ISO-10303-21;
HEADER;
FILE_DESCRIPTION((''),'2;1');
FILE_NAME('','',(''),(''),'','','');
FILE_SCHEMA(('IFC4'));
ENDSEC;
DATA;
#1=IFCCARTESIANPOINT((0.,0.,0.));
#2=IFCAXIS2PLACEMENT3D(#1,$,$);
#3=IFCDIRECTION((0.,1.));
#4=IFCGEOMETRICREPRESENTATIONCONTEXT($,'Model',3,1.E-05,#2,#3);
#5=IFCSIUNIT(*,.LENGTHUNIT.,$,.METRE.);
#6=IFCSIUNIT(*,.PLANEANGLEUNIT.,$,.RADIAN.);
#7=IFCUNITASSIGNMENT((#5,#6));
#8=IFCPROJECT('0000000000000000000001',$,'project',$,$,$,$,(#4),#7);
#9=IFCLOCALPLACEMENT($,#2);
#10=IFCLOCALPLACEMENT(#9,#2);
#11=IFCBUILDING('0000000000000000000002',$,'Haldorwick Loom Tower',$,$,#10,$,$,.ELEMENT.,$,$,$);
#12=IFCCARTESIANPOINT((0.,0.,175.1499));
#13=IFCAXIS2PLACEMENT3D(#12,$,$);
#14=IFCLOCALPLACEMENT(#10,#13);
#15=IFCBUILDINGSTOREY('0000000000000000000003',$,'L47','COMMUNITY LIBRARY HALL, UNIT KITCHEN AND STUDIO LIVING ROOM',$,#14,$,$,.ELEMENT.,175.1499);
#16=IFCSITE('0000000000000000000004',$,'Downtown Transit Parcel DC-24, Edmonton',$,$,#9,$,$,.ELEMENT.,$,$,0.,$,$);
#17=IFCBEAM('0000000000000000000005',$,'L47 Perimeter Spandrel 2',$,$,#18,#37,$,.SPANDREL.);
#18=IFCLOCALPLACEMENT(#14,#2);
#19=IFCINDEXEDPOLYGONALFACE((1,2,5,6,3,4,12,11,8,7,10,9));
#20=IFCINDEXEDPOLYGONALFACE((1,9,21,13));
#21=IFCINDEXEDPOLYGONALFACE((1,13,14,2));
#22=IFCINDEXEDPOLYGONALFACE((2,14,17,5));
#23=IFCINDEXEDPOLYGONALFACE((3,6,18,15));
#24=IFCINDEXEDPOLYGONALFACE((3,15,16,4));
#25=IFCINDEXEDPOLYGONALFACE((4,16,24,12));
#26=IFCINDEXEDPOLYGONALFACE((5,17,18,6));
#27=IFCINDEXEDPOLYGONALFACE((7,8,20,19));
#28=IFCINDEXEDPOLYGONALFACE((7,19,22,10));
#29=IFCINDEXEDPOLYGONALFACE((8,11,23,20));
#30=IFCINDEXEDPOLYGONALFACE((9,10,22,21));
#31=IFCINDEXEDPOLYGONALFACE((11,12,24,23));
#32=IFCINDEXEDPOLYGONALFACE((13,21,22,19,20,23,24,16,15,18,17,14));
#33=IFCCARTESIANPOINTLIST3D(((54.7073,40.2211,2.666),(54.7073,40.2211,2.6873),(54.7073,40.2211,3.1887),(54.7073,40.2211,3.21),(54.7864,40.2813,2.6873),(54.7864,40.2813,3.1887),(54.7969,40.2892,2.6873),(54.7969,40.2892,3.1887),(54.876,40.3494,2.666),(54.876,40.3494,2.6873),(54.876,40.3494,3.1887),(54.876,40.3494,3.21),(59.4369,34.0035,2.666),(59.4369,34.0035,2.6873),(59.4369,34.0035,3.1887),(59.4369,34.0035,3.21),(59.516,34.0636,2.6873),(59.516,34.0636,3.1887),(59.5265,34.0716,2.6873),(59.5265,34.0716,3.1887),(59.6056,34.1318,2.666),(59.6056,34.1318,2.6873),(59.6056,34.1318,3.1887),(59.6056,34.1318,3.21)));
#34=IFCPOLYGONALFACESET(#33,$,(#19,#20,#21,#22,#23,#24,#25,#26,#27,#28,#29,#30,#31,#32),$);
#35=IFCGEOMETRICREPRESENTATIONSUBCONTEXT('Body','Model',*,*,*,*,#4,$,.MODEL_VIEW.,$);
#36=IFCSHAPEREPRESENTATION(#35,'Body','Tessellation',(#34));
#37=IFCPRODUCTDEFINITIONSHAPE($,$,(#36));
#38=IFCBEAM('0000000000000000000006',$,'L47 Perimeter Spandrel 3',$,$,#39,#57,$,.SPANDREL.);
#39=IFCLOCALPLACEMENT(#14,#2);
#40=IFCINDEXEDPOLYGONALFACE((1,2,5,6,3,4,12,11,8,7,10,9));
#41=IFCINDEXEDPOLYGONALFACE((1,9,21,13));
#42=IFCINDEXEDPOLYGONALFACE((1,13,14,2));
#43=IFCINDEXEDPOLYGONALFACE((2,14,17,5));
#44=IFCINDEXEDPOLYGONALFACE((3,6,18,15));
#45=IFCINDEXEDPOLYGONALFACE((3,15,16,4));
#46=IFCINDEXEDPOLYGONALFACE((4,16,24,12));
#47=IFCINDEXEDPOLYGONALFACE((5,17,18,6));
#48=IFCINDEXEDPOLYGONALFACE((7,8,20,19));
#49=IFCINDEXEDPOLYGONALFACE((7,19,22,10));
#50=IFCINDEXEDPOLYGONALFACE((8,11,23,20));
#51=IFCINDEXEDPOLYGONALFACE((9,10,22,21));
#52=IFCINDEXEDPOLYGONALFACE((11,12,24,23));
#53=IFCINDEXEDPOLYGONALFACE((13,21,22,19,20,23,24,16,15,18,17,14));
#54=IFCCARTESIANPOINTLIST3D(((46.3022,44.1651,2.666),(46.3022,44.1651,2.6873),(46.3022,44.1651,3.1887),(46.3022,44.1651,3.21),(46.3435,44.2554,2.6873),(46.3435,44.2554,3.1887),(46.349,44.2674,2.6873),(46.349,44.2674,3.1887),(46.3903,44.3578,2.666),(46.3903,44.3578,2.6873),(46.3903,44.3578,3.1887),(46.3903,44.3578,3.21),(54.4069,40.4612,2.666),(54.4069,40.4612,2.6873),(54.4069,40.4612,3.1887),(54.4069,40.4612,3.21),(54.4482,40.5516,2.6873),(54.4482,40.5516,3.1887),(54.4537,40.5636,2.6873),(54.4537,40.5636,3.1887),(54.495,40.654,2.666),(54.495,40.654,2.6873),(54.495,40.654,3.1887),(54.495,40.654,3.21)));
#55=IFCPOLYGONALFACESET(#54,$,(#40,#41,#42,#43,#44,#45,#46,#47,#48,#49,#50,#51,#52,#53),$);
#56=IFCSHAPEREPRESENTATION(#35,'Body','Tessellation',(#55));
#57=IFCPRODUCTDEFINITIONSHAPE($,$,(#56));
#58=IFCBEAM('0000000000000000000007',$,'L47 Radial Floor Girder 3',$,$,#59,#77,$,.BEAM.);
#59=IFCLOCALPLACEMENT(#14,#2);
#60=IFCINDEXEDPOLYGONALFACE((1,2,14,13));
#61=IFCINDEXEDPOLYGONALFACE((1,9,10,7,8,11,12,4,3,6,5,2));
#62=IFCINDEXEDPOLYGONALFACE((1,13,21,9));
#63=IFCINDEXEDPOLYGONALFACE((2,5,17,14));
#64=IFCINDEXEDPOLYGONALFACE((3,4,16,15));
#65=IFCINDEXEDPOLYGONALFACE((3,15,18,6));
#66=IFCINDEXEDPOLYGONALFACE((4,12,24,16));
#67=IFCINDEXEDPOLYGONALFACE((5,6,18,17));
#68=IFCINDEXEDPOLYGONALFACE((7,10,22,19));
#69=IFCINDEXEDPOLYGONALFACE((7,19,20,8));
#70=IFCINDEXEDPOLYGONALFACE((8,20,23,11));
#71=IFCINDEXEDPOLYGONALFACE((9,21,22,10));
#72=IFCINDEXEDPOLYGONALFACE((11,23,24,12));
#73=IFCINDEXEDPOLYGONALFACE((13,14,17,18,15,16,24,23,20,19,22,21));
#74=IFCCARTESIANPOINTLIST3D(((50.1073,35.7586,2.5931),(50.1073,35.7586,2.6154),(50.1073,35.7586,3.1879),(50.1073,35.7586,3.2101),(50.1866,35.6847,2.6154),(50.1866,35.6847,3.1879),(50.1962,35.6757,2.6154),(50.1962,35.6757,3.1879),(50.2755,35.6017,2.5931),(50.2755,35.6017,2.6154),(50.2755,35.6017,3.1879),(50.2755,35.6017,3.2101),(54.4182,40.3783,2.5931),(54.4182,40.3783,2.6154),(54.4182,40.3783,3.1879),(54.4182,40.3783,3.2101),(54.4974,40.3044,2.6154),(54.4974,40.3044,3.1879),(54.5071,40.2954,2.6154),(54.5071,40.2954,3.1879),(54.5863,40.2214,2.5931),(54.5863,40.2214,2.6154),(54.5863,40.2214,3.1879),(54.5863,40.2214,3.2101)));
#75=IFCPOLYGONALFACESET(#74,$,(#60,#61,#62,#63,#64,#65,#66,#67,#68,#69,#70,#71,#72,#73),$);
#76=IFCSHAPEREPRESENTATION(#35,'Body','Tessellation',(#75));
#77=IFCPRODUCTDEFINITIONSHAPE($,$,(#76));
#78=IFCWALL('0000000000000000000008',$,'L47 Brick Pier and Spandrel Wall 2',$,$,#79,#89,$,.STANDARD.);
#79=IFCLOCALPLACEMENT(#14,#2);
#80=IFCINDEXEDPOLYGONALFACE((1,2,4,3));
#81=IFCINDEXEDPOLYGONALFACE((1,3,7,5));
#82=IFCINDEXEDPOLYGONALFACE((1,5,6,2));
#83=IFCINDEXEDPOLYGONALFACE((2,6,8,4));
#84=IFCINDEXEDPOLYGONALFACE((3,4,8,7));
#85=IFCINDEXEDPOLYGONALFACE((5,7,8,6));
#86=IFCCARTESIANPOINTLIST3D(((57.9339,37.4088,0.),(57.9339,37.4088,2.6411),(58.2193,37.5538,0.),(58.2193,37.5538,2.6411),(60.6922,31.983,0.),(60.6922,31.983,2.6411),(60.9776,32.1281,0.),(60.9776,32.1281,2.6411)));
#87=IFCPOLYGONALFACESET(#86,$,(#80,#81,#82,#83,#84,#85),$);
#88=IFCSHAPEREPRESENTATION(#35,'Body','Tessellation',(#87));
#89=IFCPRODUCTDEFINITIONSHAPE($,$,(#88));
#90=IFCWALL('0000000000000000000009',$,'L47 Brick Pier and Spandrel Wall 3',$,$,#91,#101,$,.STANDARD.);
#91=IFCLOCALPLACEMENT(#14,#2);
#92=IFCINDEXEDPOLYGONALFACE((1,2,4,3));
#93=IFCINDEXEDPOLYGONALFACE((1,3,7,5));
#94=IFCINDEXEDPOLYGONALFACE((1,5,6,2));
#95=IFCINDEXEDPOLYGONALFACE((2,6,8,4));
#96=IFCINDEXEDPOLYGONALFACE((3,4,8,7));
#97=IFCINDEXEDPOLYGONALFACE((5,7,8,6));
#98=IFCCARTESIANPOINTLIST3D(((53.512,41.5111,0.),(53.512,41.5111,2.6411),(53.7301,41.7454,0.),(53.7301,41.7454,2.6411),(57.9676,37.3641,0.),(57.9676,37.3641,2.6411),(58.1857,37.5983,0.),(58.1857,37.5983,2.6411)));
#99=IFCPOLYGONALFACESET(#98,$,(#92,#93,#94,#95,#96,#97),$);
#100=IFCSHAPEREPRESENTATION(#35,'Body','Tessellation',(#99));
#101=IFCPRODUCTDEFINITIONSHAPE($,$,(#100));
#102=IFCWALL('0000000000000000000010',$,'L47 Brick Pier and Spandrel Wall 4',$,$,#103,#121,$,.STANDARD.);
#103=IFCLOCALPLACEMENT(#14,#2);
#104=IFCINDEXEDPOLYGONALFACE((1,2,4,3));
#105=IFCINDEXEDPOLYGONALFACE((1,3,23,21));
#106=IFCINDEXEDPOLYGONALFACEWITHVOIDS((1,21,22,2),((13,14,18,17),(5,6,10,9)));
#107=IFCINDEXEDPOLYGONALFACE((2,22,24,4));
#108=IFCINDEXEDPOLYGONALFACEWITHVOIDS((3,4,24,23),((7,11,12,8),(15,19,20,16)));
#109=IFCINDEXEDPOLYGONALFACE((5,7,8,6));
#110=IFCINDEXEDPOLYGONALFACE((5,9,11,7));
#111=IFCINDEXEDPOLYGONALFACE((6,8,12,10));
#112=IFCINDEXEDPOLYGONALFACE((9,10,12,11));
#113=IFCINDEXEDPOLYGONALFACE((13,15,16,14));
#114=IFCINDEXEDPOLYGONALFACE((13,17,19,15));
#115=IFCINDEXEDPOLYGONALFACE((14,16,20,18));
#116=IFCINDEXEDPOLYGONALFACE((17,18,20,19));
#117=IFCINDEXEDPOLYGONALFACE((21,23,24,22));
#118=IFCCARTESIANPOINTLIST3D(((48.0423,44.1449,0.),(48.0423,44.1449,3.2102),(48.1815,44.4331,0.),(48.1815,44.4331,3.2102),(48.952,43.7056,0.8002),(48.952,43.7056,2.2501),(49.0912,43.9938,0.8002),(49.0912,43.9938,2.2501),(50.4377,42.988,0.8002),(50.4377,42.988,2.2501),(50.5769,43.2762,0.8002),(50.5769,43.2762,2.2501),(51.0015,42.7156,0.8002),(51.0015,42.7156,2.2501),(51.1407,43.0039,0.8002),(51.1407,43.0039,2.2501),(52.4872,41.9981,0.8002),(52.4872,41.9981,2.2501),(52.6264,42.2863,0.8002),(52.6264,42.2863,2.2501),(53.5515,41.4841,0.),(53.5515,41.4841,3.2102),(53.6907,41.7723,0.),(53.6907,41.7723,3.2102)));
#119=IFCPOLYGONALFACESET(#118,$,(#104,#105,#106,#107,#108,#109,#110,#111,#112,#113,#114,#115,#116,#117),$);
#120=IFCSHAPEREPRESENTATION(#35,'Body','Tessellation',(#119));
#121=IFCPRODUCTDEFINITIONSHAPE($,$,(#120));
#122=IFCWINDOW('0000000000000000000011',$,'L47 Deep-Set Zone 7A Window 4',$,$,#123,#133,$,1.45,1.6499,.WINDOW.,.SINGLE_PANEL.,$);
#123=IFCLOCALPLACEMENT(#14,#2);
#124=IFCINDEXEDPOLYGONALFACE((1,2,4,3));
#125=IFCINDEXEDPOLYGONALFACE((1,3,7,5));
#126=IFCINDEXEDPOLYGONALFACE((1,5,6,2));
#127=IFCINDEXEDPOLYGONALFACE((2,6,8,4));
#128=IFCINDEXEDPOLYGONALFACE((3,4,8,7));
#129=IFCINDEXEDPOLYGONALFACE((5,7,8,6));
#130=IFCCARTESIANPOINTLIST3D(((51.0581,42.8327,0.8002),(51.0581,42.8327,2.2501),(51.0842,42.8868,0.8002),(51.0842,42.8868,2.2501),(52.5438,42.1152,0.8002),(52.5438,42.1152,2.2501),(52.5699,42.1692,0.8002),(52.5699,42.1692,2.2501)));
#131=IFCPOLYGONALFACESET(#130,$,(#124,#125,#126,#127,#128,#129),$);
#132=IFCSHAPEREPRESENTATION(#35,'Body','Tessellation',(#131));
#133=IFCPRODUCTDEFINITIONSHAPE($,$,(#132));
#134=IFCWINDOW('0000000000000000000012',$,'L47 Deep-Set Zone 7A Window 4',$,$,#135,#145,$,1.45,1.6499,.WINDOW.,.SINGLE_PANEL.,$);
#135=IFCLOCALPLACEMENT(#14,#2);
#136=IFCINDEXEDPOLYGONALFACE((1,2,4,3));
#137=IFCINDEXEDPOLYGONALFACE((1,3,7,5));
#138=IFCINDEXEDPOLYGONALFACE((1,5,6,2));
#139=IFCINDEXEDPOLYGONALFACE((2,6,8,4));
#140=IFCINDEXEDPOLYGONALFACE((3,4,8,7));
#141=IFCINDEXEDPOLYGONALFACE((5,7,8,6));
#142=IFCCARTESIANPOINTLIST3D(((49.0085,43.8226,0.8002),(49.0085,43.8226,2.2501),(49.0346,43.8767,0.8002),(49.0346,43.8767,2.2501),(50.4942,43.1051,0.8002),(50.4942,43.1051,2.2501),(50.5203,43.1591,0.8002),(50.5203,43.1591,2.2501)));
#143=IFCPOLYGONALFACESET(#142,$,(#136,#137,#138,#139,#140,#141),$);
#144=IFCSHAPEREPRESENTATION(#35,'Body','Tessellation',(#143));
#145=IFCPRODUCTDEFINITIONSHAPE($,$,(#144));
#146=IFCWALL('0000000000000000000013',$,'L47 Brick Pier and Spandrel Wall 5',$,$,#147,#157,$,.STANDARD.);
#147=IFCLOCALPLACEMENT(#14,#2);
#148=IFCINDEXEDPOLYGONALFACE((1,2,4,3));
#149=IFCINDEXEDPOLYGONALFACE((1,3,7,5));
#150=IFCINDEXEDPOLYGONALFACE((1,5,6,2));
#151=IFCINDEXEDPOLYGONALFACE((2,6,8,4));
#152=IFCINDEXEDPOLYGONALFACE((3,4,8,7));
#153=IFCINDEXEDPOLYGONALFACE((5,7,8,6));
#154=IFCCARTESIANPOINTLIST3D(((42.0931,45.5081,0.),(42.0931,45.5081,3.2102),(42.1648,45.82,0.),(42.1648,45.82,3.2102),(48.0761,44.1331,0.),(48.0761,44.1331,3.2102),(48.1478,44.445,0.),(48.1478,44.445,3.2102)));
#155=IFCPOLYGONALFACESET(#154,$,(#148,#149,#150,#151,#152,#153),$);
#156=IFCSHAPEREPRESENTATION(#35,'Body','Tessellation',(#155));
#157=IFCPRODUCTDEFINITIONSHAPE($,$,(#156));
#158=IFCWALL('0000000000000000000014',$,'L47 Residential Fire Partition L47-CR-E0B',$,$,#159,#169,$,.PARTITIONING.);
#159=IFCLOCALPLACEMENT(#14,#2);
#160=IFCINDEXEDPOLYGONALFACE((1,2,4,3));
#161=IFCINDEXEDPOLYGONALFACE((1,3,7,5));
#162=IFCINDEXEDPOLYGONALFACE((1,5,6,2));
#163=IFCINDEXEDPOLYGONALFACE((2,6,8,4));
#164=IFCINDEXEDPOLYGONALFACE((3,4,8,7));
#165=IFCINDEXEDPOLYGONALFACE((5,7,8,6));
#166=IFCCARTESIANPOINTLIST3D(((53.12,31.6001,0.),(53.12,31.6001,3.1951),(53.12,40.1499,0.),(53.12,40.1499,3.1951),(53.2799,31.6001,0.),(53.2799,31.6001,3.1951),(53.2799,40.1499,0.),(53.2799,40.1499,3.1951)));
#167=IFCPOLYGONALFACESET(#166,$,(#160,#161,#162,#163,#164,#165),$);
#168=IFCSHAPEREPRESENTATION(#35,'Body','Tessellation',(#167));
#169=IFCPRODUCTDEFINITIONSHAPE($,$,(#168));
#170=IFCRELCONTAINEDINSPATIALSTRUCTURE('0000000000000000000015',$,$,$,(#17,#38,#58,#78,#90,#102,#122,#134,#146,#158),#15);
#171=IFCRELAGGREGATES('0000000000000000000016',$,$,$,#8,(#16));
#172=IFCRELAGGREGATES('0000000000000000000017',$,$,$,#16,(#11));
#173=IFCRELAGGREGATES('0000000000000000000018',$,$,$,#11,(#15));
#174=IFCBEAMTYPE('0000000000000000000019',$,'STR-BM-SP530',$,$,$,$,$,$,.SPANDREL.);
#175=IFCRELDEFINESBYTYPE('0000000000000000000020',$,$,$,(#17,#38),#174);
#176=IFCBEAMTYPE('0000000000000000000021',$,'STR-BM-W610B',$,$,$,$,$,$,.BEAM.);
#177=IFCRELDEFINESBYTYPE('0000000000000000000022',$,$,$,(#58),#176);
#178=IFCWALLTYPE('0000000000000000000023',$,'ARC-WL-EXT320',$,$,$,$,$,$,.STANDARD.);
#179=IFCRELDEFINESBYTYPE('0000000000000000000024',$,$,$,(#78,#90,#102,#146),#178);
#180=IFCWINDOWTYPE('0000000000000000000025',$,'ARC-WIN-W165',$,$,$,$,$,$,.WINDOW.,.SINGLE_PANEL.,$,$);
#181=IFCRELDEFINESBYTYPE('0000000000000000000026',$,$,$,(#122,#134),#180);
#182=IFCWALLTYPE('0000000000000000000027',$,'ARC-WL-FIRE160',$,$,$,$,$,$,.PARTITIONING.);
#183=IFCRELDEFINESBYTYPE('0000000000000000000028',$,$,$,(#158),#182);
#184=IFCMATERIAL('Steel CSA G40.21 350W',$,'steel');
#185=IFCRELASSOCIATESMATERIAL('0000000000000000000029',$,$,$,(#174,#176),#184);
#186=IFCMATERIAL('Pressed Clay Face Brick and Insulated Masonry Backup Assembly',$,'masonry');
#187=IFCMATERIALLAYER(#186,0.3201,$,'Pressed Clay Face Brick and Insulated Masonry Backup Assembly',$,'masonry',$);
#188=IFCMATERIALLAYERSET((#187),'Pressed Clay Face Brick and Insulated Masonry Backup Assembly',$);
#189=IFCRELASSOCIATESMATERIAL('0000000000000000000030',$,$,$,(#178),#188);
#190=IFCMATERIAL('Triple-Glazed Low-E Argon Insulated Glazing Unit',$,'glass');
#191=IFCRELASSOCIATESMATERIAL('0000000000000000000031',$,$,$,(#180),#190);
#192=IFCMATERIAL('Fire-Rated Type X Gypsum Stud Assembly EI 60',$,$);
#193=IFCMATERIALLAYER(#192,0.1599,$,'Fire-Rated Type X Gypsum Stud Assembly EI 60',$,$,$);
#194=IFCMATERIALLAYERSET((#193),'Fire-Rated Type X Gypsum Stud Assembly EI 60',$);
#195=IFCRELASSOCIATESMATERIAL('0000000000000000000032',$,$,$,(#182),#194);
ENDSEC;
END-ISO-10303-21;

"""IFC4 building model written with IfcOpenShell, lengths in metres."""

from ifc_helpers import new_model, si_unit, direction, frame, frame_2d, origin, origin_2d, place, context, subcontext, project, spatial, rectangle, i_section, extrude, material, layer, layer_set, material_profile, profile_set, type_object, element, fill, save


model = new_model("IFC4")

# Units and contexts
model_context = context("Model", 3, precision=1e-05, world=origin(), true_north=direction((0.0, 1.0)))
body_context = subcontext(model_context, "Body", "Model", "MODEL_VIEW")
ifc_project = project(units=[si_unit("LENGTHUNIT", "METRE"), si_unit("PLANEANGLEUNIT", "RADIAN")], contexts=[model_context])

# Site, building, storey
site_placement = place(None, origin())
site = spatial("IfcSite", under=ifc_project, at=site_placement, Name="Downtown Transit Parcel DC-24, Edmonton", CompositionType="ELEMENT", RefElevation=0.0)
building_placement = place(site_placement, origin())
building = spatial("IfcBuilding", under=site, at=building_placement, Name="Haldorwick Loom Tower", CompositionType="ELEMENT")
storey_placement = place(building_placement, frame((0.0, 0.0, 175.1499)))
storey = spatial("IfcBuildingStorey", under=building, at=storey_placement, Name="L47", Description="COMMUNITY LIBRARY HALL, UNIT KITCHEN AND STUDIO LIVING ROOM", CompositionType="ELEMENT", Elevation=175.1499)

# Shared definitions
ifc_material_1 = material(Name="Steel CSA G40.21 350W", Category="steel")

# Beams
ifc_material_profile_1 = material_profile(ifc_material_1, i_section(OverallWidth=0.2119, OverallDepth=0.5439, WebThickness=0.0132, FlangeThickness=0.0212, at=origin_2d()), Name="W530X123", Category="steel")
ifc_profile_set_1 = profile_set([ifc_material_profile_1], Name="Steel CSA G40.21 350W")
beam_type_1 = type_object("IfcBeamType", Name="STR-BM-SP530", PredefinedType="SPANDREL", material=ifc_profile_set_1)
beam_1_placement = place(storey_placement, frame((59.5212, 34.0676, 2.938), z_axis=(-0.605422, 0.795905, 0.0), x_axis=(-0.795905, -0.605422, 0.0)))
element("IfcBeam", 1, at=beam_1_placement, inside=storey, type_object=beam_type_1, Name="L47 Perimeter Spandrel 2", PredefinedType="SPANDREL", context=body_context, shape_type="SweptSolid", body=[
    extrude(i_section(OverallWidth=0.2119, OverallDepth=0.5439, WebThickness=0.0132, FlangeThickness=0.0212, at=origin_2d()), origin(), (0.0, 0.0, 1.0), 7.812),
])
beam_2_placement = place(storey_placement, frame((54.4509, 40.5576, 2.938), z_axis=(-0.909524, 0.415652, 0.0), x_axis=(-0.415652, -0.909524, 0.0)))
element("IfcBeam", 2, at=beam_2_placement, inside=storey, type_object=beam_type_1, Name="L47 Perimeter Spandrel 3", PredefinedType="SPANDREL", context=body_context, shape_type="SweptSolid", body=[
    extrude(i_section(OverallWidth=0.2119, OverallDepth=0.5439, WebThickness=0.0132, FlangeThickness=0.0212, at=origin_2d()), origin(), (0.0, 0.0, 1.0), 8.9109),
])
ifc_material_profile_2 = material_profile(ifc_material_1, i_section(OverallWidth=0.23, OverallDepth=0.6169, WebThickness=0.0132, FlangeThickness=0.0222, at=origin_2d()), Name="W610X140", Category="steel")
ifc_profile_set_2 = profile_set([ifc_material_profile_2], Name="Steel CSA G40.21 350W")
beam_type_2 = type_object("IfcBeamType", Name="STR-BM-W610B", PredefinedType="BEAM", material=ifc_profile_set_2)
beam_3_placement = place(storey_placement, frame((50.1914, 35.6802, 2.9016), z_axis=(0.682245, 0.731123, 0.0), x_axis=(-0.731123, 0.682245, 0.0)))
element("IfcBeam", 3, at=beam_3_placement, inside=storey, type_object=beam_type_2, Name="L47 Radial Floor Girder 3", PredefinedType="BEAM", context=body_context, shape_type="SweptSolid", body=[
    extrude(i_section(OverallWidth=0.23, OverallDepth=0.6169, WebThickness=0.0132, FlangeThickness=0.0222, at=origin_2d()), origin(), (0.0, 0.0, 1.0), 6.3186),
])

# Walls
ifc_material_2 = material(Name="Pressed Clay Face Brick and Insulated Masonry Backup Assembly", Category="masonry")
ifc_layer_1 = layer(ifc_material_2, 0.3201, Name="Pressed Clay Face Brick and Insulated Masonry Backup Assembly", Category="masonry")
ifc_layer_set_1 = layer_set([ifc_layer_1], Name="Pressed Clay Face Brick and Insulated Masonry Backup Assembly")
wall_type_1 = type_object("IfcWallType", Name="ARC-WL-EXT320", PredefinedType="STANDARD", material=ifc_layer_set_1)
wall_1_placement = place(storey_placement, frame((60.835, 32.0554, 0.0), z_axis=(0.0, 0.0, 1.0), x_axis=(-0.453172, 0.891423, 0.0)))
element("IfcWall", 4, at=wall_1_placement, inside=storey, type_object=wall_type_1, Name="L47 Brick Pier and Spandrel Wall 2", PredefinedType="STANDARD", context=body_context, shape_type="SweptSolid", body=[
    extrude(rectangle(XDim=6.0867, YDim=0.3201, at=frame_2d((3.0435, 0.0))), origin(), (0.0, 0.0, 1.0), 2.6411),
])
wall_2_placement = place(storey_placement, frame((58.0767, 37.4812, 0.0), z_axis=(0.0, 0.0, 1.0), x_axis=(-0.732002, 0.681303, 0.0)))
element("IfcWall", 5, at=wall_2_placement, inside=storey, type_object=wall_type_1, Name="L47 Brick Pier and Spandrel Wall 3", PredefinedType="STANDARD", context=body_context, shape_type="SweptSolid", body=[
    extrude(rectangle(XDim=6.0869, YDim=0.3201, at=frame_2d((3.0435, 0.0))), origin(), (0.0, 0.0, 1.0), 2.6411),
])

# Wall, openings, windows
wall_3_placement = place(storey_placement, frame((53.6211, 41.6282, 0.0), z_axis=(0.0, 0.0, 1.0), x_axis=(-0.900472, 0.434913, 0.0)))
wall_3 = element("IfcWall", 6, at=wall_3_placement, inside=storey, type_object=wall_type_1, Name="L47 Brick Pier and Spandrel Wall 4", PredefinedType="STANDARD", context=body_context, shape_type="SweptSolid", body=[
    extrude(rectangle(XDim=6.1182, YDim=0.3201, at=frame_2d((3.0591, 0.0))), origin(), (0.0, 0.0, 1.0), 3.2102),
])
opening_1_placement = place(wall_3_placement, frame((1.1819, 0.0, 0.8)))
opening_1 = element("IfcOpeningElement", 7, at=opening_1_placement, cuts=wall_3, PredefinedType="OPENING", context=body_context, shape_type="SweptSolid", body=[
    extrude(rectangle(XDim=1.6499, YDim=1.45, at=frame_2d((0.825, 0.7251))), frame((0.0, 0.1699, 0.0), z_axis=(0.0, -1.0, 0.0), x_axis=(1.0, 0.0, 0.0)), (0.0, 0.0, 1.0), 0.3401),
])
opening_2_placement = place(wall_3_placement, frame((3.458, 0.0, 0.8)))
opening_2 = element("IfcOpeningElement", 8, at=opening_2_placement, cuts=wall_3, PredefinedType="OPENING", context=body_context, shape_type="SweptSolid", body=[
    extrude(rectangle(XDim=1.6499, YDim=1.45, at=frame_2d((0.825, 0.7251))), frame((0.0, 0.1699, 0.0), z_axis=(0.0, -1.0, 0.0), x_axis=(1.0, 0.0, 0.0)), (0.0, 0.0, 1.0), 0.3401),
])
ifc_material_3 = material(Name="Triple-Glazed Low-E Argon Insulated Glazing Unit", Category="glass")
window_type = type_object("IfcWindowType", Name="ARC-WIN-W165", PartitioningType="SINGLE_PANEL", PredefinedType="WINDOW", material=ifc_material_3)
window_1_placement = place(opening_1_placement, origin())
window_1 = element("IfcWindow", 9, at=window_1_placement, inside=storey, type_object=window_type, Name="L47 Deep-Set Zone 7A Window 4", OverallHeight=1.45, OverallWidth=1.6499, PartitioningType="SINGLE_PANEL", PredefinedType="WINDOW", context=body_context, shape_type="SweptSolid", body=[
    extrude(rectangle(XDim=1.6499, YDim=1.45, at=frame_2d((0.825, 0.7251))), frame((0.0, 0.03, 0.0), z_axis=(0.0, -1.0, 0.0), x_axis=(1.0, 0.0, 0.0)), (0.0, 0.0, 1.0), 0.0601),
])
fill(opening_1, window_1)
window_2_placement = place(opening_2_placement, origin())
window_2 = element("IfcWindow", 10, at=window_2_placement, inside=storey, type_object=window_type, Name="L47 Deep-Set Zone 7A Window 4", OverallHeight=1.45, OverallWidth=1.6499, PartitioningType="SINGLE_PANEL", PredefinedType="WINDOW", context=body_context, shape_type="SweptSolid", body=[
    extrude(rectangle(XDim=1.6499, YDim=1.45, at=frame_2d((0.825, 0.7251))), frame((0.0, 0.03, 0.0), z_axis=(0.0, -1.0, 0.0), x_axis=(1.0, 0.0, 0.0)), (0.0, 0.0, 1.0), 0.0601),
])
fill(opening_2, window_2)

# Walls
wall_4_placement = place(storey_placement, frame((48.1118, 44.2891, 0.0), z_axis=(0.0, 0.0, 1.0), x_axis=(-0.974593, 0.223982, 0.0)))
element("IfcWall", 11, at=wall_4_placement, inside=storey, type_object=wall_type_1, Name="L47 Brick Pier and Spandrel Wall 5", PredefinedType="STANDARD", context=body_context, shape_type="SweptSolid", body=[
    extrude(rectangle(XDim=6.1389, YDim=0.3201, at=frame_2d((3.0693, 0.0))), origin(), (0.0, 0.0, 1.0), 3.2102),
])
ifc_material_4 = material(Name="Fire-Rated Type X Gypsum Stud Assembly EI 60")
ifc_layer_2 = layer(ifc_material_4, 0.1599, Name="Fire-Rated Type X Gypsum Stud Assembly EI 60")
ifc_layer_set_2 = layer_set([ifc_layer_2], Name="Fire-Rated Type X Gypsum Stud Assembly EI 60")
wall_type_2 = type_object("IfcWallType", Name="ARC-WL-FIRE160", PredefinedType="PARTITIONING", material=ifc_layer_set_2)
wall_5_placement = place(storey_placement, frame((53.2, 31.6001, 0.0), z_axis=(0.0, 0.0, 1.0), x_axis=(0.0, 1.0, 0.0)))
element("IfcWall", 12, at=wall_5_placement, inside=storey, type_object=wall_type_2, Name="L47 Residential Fire Partition L47-CR-E0B", PredefinedType="PARTITIONING", context=body_context, shape_type="SweptSolid", body=[
    extrude(rectangle(XDim=8.5498, YDim=0.1599, at=frame_2d((4.2749, 0.0))), origin(), (0.0, 0.0, 1.0), 3.1951),
])

save(model, "model.ifc")
